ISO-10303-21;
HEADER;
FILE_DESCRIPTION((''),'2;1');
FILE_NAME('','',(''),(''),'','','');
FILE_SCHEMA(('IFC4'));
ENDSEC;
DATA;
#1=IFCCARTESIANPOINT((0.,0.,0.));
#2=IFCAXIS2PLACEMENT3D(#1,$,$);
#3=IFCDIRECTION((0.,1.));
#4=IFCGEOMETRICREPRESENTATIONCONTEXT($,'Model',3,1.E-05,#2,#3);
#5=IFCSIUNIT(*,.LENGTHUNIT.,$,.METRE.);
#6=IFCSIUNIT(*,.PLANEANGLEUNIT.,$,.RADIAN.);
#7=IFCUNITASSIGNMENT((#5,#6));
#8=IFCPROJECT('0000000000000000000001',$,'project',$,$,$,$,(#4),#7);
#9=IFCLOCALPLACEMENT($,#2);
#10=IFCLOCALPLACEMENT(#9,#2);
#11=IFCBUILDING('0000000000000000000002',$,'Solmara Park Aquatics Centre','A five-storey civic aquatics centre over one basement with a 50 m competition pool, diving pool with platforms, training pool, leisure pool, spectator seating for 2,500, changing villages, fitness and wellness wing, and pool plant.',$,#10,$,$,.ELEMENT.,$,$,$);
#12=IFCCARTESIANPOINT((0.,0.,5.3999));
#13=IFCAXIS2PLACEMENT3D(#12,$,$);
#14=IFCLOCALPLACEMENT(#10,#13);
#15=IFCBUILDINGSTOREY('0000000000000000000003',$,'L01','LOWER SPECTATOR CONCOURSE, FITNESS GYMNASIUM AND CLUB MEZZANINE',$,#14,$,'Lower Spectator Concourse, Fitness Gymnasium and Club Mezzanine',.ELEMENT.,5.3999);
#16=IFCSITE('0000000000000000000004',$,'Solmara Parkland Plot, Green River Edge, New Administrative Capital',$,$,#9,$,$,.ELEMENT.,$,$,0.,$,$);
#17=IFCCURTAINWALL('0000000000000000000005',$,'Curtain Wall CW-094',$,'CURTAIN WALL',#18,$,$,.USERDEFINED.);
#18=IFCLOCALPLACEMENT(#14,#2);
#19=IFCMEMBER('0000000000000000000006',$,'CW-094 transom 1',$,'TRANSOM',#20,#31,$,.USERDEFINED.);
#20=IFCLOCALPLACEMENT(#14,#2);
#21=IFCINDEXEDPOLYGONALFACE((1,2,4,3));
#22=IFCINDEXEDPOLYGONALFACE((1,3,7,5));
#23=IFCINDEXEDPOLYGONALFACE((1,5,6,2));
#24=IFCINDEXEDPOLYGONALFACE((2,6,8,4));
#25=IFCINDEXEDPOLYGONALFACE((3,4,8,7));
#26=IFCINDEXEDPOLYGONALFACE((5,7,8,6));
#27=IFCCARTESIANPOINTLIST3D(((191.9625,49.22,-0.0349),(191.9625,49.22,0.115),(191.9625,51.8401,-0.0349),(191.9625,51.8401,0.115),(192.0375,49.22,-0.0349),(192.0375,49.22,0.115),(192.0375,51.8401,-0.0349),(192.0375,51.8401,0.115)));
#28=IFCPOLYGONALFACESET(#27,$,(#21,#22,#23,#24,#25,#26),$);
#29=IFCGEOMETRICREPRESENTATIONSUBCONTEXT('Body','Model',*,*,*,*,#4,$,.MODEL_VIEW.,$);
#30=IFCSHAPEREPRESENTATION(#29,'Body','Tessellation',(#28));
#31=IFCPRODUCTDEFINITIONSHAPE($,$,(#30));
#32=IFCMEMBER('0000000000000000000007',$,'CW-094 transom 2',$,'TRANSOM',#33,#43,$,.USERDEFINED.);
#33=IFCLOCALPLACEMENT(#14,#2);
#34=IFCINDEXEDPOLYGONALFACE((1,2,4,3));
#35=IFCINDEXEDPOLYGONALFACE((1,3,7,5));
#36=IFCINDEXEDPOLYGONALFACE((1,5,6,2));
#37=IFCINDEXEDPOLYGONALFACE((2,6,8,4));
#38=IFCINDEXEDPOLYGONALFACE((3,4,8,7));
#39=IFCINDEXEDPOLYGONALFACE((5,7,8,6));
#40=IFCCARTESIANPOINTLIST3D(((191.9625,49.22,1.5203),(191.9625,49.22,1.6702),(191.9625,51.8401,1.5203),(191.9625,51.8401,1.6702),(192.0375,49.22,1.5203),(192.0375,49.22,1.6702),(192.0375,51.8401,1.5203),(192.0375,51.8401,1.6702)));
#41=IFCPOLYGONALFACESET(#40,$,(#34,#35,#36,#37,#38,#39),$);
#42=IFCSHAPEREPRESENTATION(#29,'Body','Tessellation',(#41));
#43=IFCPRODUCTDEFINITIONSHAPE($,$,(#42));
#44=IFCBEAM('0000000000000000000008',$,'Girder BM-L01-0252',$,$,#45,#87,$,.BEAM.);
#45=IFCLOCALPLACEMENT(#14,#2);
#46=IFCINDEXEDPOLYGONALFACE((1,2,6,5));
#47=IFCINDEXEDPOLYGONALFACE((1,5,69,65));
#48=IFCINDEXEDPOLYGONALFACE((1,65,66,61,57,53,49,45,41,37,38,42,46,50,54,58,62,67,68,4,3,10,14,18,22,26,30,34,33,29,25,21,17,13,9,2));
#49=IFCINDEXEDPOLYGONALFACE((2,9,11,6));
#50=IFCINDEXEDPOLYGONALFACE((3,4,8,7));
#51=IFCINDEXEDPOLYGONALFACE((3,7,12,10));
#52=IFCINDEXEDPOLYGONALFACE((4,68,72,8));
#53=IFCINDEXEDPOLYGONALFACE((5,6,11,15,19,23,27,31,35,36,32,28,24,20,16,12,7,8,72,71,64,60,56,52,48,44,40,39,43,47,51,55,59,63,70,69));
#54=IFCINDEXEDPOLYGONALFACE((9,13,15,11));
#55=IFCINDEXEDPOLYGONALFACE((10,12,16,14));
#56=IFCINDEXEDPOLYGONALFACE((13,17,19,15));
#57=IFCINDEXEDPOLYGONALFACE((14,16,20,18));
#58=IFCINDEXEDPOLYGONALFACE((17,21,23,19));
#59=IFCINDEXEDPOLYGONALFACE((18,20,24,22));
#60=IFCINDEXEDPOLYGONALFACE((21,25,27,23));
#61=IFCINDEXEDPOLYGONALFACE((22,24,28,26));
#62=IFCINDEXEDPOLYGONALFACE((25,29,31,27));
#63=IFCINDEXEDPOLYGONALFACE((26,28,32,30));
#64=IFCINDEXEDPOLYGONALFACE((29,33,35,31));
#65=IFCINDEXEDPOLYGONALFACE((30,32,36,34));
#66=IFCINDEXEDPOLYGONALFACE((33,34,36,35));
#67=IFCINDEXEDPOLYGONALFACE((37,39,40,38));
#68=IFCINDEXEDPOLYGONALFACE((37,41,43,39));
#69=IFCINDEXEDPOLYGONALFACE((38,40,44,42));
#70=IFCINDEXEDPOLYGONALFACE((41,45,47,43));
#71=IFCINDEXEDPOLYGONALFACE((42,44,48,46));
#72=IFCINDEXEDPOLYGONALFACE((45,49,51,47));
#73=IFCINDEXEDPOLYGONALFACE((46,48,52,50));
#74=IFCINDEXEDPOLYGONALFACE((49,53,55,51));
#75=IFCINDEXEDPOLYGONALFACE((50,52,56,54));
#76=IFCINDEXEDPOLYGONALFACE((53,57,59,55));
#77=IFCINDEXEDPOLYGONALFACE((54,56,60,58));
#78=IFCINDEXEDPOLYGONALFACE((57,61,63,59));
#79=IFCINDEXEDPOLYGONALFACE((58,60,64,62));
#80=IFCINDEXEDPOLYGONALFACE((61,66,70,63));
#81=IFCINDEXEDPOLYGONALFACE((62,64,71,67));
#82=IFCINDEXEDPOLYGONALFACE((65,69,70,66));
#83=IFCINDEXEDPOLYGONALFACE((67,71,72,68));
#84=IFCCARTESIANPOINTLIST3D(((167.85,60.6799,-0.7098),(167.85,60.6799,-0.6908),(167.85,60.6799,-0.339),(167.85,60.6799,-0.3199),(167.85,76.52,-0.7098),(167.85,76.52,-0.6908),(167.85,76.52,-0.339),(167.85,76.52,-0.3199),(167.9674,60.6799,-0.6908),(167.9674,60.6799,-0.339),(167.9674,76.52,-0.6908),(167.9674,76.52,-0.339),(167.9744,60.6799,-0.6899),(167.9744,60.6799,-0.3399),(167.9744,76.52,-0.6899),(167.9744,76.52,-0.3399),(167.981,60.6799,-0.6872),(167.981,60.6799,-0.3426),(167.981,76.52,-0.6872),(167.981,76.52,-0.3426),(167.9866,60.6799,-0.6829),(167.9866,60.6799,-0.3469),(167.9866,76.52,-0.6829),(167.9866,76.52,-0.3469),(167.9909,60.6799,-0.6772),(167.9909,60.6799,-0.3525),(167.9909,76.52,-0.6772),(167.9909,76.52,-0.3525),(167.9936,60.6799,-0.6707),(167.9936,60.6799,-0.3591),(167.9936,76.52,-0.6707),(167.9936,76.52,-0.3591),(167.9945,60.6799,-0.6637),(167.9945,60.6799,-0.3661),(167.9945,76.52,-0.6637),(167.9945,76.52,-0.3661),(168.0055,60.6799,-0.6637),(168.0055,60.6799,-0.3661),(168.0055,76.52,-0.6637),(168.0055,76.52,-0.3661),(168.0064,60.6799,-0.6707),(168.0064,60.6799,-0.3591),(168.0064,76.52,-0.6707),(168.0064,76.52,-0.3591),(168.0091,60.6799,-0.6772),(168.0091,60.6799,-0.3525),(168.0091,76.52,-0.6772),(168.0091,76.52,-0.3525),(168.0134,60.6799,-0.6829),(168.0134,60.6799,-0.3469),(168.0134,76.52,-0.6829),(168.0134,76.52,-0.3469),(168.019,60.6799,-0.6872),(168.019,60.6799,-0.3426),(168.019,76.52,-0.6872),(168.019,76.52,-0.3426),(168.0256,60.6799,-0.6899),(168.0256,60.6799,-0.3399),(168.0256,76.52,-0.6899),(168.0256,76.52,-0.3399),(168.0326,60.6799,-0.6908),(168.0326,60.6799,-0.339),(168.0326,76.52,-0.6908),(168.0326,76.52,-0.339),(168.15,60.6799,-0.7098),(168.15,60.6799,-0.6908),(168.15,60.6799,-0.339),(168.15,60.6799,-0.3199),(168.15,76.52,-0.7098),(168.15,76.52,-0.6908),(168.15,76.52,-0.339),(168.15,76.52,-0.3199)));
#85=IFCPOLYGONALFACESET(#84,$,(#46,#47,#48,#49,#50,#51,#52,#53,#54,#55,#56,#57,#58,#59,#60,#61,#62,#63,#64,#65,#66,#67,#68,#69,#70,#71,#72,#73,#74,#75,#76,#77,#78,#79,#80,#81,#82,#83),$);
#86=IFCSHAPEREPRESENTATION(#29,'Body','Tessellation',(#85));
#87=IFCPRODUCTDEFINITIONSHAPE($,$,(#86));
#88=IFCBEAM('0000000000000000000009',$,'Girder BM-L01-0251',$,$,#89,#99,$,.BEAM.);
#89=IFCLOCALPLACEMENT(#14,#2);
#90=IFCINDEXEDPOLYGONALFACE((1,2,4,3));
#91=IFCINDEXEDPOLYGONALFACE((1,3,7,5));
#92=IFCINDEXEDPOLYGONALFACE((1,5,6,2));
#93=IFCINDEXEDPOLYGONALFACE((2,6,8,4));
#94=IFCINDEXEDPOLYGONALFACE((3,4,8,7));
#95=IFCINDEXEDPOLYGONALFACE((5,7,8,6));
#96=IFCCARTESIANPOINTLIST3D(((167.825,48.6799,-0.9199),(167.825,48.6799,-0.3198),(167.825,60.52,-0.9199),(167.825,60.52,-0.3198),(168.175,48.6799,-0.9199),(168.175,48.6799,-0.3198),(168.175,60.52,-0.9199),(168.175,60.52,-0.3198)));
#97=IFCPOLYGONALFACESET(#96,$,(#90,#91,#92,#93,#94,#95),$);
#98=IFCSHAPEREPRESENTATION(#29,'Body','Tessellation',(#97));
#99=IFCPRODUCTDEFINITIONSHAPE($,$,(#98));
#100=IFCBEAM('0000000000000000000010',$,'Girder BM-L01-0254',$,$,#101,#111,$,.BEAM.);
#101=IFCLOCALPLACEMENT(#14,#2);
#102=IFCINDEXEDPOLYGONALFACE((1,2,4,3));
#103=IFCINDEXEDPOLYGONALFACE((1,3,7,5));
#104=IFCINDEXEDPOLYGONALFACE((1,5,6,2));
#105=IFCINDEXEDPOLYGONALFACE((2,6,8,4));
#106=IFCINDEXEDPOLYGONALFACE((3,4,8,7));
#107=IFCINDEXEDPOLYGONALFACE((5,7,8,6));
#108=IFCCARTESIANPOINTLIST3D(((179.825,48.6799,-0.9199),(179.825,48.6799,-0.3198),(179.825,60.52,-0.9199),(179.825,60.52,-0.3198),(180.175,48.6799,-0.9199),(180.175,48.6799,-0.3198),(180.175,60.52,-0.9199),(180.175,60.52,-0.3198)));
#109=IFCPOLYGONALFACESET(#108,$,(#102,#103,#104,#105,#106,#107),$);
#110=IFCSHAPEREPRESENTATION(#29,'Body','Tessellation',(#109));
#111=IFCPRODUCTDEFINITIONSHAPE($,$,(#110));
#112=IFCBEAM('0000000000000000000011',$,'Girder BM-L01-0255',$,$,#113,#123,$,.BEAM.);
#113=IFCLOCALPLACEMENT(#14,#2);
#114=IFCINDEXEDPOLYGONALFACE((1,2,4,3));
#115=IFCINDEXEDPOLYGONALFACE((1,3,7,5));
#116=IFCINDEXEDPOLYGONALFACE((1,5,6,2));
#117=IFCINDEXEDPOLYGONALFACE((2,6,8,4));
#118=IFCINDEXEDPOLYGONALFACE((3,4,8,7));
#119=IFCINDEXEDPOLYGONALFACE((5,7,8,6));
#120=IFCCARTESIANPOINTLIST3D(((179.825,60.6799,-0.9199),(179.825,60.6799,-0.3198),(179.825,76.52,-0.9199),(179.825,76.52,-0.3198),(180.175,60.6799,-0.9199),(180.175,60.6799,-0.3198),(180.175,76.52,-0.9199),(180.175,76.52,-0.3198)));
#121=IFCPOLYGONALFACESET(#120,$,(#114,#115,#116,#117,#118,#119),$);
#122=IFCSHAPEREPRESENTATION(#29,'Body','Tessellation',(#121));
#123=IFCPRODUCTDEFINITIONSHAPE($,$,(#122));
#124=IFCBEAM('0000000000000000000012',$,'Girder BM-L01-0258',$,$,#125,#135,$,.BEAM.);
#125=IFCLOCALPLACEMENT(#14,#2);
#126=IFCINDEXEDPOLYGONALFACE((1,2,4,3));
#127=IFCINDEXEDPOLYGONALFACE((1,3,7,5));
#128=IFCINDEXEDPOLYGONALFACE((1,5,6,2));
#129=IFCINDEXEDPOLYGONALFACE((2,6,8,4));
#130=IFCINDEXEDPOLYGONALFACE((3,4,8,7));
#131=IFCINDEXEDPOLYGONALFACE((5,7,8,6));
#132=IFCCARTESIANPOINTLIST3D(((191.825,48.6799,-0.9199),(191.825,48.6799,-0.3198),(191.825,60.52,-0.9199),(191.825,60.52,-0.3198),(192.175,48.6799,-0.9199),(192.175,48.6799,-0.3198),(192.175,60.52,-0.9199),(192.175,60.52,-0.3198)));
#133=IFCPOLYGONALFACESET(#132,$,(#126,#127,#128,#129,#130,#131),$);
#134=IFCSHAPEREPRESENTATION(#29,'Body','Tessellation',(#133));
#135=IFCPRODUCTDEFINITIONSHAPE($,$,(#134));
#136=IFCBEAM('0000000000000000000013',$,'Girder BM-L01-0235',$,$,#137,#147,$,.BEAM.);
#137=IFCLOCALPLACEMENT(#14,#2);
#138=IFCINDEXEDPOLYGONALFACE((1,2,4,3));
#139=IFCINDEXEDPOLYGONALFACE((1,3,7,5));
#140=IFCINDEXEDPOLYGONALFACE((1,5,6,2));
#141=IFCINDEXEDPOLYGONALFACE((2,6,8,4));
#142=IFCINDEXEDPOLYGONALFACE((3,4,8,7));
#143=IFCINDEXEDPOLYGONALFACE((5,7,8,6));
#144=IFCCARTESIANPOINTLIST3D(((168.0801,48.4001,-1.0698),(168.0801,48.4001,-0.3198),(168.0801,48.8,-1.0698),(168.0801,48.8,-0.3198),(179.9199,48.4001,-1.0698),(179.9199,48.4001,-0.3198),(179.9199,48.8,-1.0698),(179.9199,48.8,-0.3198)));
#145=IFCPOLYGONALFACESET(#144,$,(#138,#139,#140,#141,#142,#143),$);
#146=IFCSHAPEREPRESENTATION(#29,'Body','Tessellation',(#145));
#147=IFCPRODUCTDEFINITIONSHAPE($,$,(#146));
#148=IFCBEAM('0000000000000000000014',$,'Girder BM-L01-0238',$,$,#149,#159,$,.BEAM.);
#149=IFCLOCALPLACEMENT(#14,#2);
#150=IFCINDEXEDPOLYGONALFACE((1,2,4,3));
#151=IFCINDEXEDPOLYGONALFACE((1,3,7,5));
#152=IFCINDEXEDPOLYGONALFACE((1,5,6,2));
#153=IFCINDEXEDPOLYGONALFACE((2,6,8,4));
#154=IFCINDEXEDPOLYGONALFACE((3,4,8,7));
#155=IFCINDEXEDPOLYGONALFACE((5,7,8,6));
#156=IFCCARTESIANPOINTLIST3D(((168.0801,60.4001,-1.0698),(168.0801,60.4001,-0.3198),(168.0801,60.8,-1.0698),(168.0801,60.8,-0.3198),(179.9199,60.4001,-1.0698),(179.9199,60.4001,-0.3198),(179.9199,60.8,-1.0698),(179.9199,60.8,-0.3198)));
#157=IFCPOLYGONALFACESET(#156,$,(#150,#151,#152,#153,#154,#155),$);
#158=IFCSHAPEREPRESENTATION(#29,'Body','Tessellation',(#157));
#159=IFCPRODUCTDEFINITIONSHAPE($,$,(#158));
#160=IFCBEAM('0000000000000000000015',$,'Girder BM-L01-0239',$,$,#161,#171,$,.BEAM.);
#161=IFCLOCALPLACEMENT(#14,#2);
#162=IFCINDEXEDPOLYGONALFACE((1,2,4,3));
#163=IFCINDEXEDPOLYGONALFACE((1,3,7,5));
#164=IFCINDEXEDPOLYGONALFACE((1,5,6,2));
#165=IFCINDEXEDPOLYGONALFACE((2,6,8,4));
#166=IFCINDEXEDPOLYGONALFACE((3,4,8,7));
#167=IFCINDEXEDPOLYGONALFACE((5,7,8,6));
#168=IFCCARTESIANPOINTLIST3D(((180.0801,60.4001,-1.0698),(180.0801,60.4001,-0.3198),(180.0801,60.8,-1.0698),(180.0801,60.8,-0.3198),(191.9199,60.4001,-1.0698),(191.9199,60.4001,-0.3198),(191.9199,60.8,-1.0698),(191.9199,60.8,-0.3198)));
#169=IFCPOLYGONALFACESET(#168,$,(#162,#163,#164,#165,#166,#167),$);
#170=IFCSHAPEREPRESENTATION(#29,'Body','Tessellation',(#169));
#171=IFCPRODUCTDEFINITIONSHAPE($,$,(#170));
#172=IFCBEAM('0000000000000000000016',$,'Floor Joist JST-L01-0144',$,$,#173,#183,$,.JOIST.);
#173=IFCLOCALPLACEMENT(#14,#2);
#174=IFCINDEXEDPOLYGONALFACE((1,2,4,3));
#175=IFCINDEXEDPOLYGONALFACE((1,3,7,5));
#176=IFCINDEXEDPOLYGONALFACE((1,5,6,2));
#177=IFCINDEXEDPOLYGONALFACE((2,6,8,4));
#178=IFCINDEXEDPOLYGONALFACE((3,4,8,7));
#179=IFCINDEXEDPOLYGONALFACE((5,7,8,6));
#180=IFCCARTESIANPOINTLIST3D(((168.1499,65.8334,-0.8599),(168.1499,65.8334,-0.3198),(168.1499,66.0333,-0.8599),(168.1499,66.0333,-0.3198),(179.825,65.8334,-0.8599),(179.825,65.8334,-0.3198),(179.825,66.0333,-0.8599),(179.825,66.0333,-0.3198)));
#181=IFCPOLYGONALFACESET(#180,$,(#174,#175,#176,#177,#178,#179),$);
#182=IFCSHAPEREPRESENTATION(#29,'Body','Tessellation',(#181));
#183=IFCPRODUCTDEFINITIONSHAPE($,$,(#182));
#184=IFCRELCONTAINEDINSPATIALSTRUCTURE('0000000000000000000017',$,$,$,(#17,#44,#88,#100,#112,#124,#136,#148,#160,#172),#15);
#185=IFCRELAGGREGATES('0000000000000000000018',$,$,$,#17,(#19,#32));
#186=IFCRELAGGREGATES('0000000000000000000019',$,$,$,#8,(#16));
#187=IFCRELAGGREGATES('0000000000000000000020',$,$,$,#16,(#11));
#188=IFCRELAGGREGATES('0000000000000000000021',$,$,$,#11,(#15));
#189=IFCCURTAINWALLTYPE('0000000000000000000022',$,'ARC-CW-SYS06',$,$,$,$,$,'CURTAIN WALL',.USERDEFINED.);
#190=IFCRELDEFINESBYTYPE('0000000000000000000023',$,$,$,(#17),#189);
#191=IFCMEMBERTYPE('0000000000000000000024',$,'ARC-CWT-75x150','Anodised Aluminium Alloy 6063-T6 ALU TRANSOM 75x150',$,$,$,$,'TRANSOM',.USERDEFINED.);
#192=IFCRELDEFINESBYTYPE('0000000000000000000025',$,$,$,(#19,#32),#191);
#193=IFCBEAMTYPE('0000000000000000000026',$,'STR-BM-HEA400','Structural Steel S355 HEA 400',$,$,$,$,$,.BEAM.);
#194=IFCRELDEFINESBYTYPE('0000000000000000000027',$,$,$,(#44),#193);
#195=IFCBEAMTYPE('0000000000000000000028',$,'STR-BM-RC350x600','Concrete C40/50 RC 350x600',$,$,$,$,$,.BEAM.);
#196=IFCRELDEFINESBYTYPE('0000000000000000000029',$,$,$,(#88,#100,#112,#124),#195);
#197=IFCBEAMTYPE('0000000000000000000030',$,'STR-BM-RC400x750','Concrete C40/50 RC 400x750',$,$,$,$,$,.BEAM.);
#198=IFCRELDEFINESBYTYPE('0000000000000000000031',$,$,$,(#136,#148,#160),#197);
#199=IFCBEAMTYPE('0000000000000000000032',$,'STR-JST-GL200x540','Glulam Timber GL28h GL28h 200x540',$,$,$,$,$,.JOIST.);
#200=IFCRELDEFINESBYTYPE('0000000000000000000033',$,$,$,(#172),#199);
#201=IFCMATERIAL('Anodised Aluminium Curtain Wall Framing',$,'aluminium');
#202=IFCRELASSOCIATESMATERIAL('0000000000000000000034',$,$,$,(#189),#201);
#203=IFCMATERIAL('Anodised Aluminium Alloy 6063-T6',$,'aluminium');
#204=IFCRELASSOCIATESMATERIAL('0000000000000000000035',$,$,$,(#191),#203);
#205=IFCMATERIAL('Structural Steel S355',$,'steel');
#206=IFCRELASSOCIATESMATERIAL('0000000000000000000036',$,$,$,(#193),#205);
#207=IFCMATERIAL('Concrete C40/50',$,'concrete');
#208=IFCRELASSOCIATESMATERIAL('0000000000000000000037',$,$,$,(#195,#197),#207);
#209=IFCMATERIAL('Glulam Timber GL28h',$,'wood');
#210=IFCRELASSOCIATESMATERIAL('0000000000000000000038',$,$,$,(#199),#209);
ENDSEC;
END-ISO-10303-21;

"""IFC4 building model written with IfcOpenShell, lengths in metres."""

from ifc_helpers import new_model, si_unit, direction, frame, origin, origin_2d, place, context, subcontext, project, spatial, rectangle, i_section, extrude, material, material_profile, profile_set, type_object, element, aggregate, save


model = new_model("IFC4")

# Units and contexts
model_context = context("Model", 3, precision=1e-05, world=origin(), true_north=direction((0.0, 1.0)))
body_context = subcontext(model_context, "Body", "Model", "MODEL_VIEW")
ifc_project = project(units=[si_unit("LENGTHUNIT", "METRE"), si_unit("PLANEANGLEUNIT", "RADIAN")], contexts=[model_context])

# Site, building, storey
site_placement = place(None, origin())
site = spatial("IfcSite", under=ifc_project, at=site_placement, Name="Solmara Parkland Plot, Green River Edge, New Administrative Capital", CompositionType="ELEMENT", RefElevation=0.0)
building_placement = place(site_placement, origin())
building = spatial("IfcBuilding", under=site, at=building_placement, Name="Solmara Park Aquatics Centre", Description="A five-storey civic aquatics centre over one basement with a 50 m competition pool, diving pool with platforms, training pool, leisure pool, spectator seating for 2,500, changing villages, fitness and wellness wing, and pool plant.", CompositionType="ELEMENT")
storey_placement = place(building_placement, frame((0.0, 0.0, 5.3999)))
storey = spatial("IfcBuildingStorey", under=building, at=storey_placement, Name="L01", Description="LOWER SPECTATOR CONCOURSE, FITNESS GYMNASIUM AND CLUB MEZZANINE", LongName="Lower Spectator Concourse, Fitness Gymnasium and Club Mezzanine", CompositionType="ELEMENT", Elevation=5.3999)

# Shared definitions
ifc_material_1 = material(Name="Structural Steel S355", Category="steel")
ifc_material_2 = material(Name="Concrete C40/50", Category="concrete")

# Curtain wall, members
ifc_material_3 = material(Name="Anodised Aluminium Curtain Wall Framing", Category="aluminium")
curtain_wall_type = type_object("IfcCurtainWallType", Name="ARC-CW-SYS06", ElementType="CURTAIN WALL", PredefinedType="USERDEFINED", material=ifc_material_3)
curtain_wall_placement = place(storey_placement, origin())
curtain_wall = element("IfcCurtainWall", 1, at=curtain_wall_placement, inside=storey, type_object=curtain_wall_type, Name="Curtain Wall CW-094", ObjectType="CURTAIN WALL", PredefinedType="USERDEFINED")
ifc_material_4 = material(Name="Anodised Aluminium Alloy 6063-T6", Category="aluminium")
ifc_material_profile_1 = material_profile(ifc_material_4, rectangle(XDim=0.075, YDim=0.1499, at=origin_2d()), Name="ALU TRANSOM 75x150")
ifc_profile_set_1 = profile_set([ifc_material_profile_1], Name="Anodised Aluminium Alloy 6063-T6")
member_type_1 = type_object("IfcMemberType", Name="ARC-CWT-75x150", Description="Anodised Aluminium Alloy 6063-T6 ALU TRANSOM 75x150", ElementType="TRANSOM", PredefinedType="USERDEFINED", material=ifc_profile_set_1)
member_1_placement = place(storey_placement, frame((192.0, 49.22, 0.04), z_axis=(0.0, 1.0, 0.0), x_axis=(-1.0, 0.0, 0.0)))
member_1 = element("IfcMember", 2, at=member_1_placement, type_object=member_type_1, Name="CW-094 transom 1", ObjectType="TRANSOM", PredefinedType="USERDEFINED", context=body_context, shape_type="SweptSolid", body=[
    extrude(rectangle(XDim=0.075, YDim=0.1499, at=origin_2d()), origin(), (0.0, 0.0, 1.0), 2.6201),
])
member_2_placement = place(storey_placement, frame((192.0, 49.22, 1.5952), z_axis=(0.0, 1.0, 0.0), x_axis=(-1.0, 0.0, 0.0)))
member_2 = element("IfcMember", 3, at=member_2_placement, type_object=member_type_1, Name="CW-094 transom 2", ObjectType="TRANSOM", PredefinedType="USERDEFINED", context=body_context, shape_type="SweptSolid", body=[
    extrude(rectangle(XDim=0.075, YDim=0.1499, at=origin_2d()), origin(), (0.0, 0.0, 1.0), 2.6201),
])
aggregate(curtain_wall, [member_1, member_2])

# Beams
ifc_material_profile_2 = material_profile(ifc_material_1, i_section(OverallWidth=0.3, OverallDepth=0.3899, WebThickness=0.011, FlangeThickness=0.019, FilletRadius=0.0271, at=origin_2d()), Name="HEA 400")
ifc_profile_set_2 = profile_set([ifc_material_profile_2], Name="Structural Steel S355")
beam_type_1 = type_object("IfcBeamType", Name="STR-BM-HEA400", Description="Structural Steel S355 HEA 400", PredefinedType="BEAM", material=ifc_profile_set_2)
beam_1_placement = place(storey_placement, frame((168.0, 60.6799, -0.5149), z_axis=(0.0, 1.0, 0.0), x_axis=(-1.0, 0.0, 0.0)))
element("IfcBeam", 4, at=beam_1_placement, inside=storey, type_object=beam_type_1, Name="Girder BM-L01-0252", PredefinedType="BEAM", context=body_context, shape_type="SweptSolid", body=[
    extrude(i_section(OverallWidth=0.3, OverallDepth=0.3899, WebThickness=0.011, FlangeThickness=0.019, FilletRadius=0.0271, at=origin_2d()), origin(), (0.0, 0.0, 1.0), 15.8401),
])
ifc_material_profile_3 = material_profile(ifc_material_2, rectangle(XDim=0.3501, YDim=0.6001, at=origin_2d()), Name="RC 350x600")
ifc_profile_set_3 = profile_set([ifc_material_profile_3], Name="Concrete C40/50")
beam_type_2 = type_object("IfcBeamType", Name="STR-BM-RC350x600", Description="Concrete C40/50 RC 350x600", PredefinedType="BEAM", material=ifc_profile_set_3)
for number, where, z_axis, x_axis, name in (
    (5, (168.0, 48.6799, -0.6199), (0.0, 1.0, 0.0), (-1.0, 0.0, 0.0), "Girder BM-L01-0251"),
    (6, (180.0, 48.6799, -0.6199), (0.0, 1.0, 0.0), (-1.0, 0.0, 0.0), "Girder BM-L01-0254"),
):
    element("IfcBeam", number, at=place(storey_placement, frame(where, z_axis=z_axis, x_axis=x_axis)), inside=storey, type_object=beam_type_2, Name=name, PredefinedType="BEAM", context=body_context, shape_type="SweptSolid", body=[
        extrude(rectangle(XDim=0.3501, YDim=0.6001, at=origin_2d()), origin(), (0.0, 0.0, 1.0), 11.8401),
    ])
beam_2_placement = place(storey_placement, frame((180.0, 60.6799, -0.6199), z_axis=(0.0, 1.0, 0.0), x_axis=(-1.0, 0.0, 0.0)))
element("IfcBeam", 7, at=beam_2_placement, inside=storey, type_object=beam_type_2, Name="Girder BM-L01-0255", PredefinedType="BEAM", context=body_context, shape_type="SweptSolid", body=[
    extrude(rectangle(XDim=0.3501, YDim=0.6001, at=origin_2d()), origin(), (0.0, 0.0, 1.0), 15.8401),
])
beam_3_placement = place(storey_placement, frame((192.0, 48.6799, -0.6199), z_axis=(0.0, 1.0, 0.0), x_axis=(-1.0, 0.0, 0.0)))
element("IfcBeam", 8, at=beam_3_placement, inside=storey, type_object=beam_type_2, Name="Girder BM-L01-0258", PredefinedType="BEAM", context=body_context, shape_type="SweptSolid", body=[
    extrude(rectangle(XDim=0.3501, YDim=0.6001, at=origin_2d()), origin(), (0.0, 0.0, 1.0), 11.8401),
])
ifc_material_profile_4 = material_profile(ifc_material_2, rectangle(XDim=0.3999, YDim=0.75, at=origin_2d()), Name="RC 400x750")
ifc_profile_set_4 = profile_set([ifc_material_profile_4], Name="Concrete C40/50")
beam_type_3 = type_object("IfcBeamType", Name="STR-BM-RC400x750", Description="Concrete C40/50 RC 400x750", PredefinedType="BEAM", material=ifc_profile_set_4)
for number, where, z_axis, x_axis, name in (
    (9, (168.0801, 48.6001, -0.6948), (1.0, 0.0, 0.0), (0.0, 1.0, 0.0), "Girder BM-L01-0235"),
    (10, (168.0801, 60.6001, -0.6948), (1.0, 0.0, 0.0), (0.0, 1.0, 0.0), "Girder BM-L01-0238"),
    (11, (180.0801, 60.6001, -0.6948), (1.0, 0.0, 0.0), (0.0, 1.0, 0.0), "Girder BM-L01-0239"),
):
    element("IfcBeam", number, at=place(storey_placement, frame(where, z_axis=z_axis, x_axis=x_axis)), inside=storey, type_object=beam_type_3, Name=name, PredefinedType="BEAM", context=body_context, shape_type="SweptSolid", body=[
        extrude(rectangle(XDim=0.3999, YDim=0.75, at=origin_2d()), origin(), (0.0, 0.0, 1.0), 11.8398),
    ])
ifc_material_5 = material(Name="Glulam Timber GL28h", Category="wood")
ifc_material_profile_5 = material_profile(ifc_material_5, rectangle(XDim=0.2, YDim=0.54, at=origin_2d()), Name="GL28h 200x540")
ifc_profile_set_5 = profile_set([ifc_material_profile_5], Name="Glulam Timber GL28h")
beam_type_4 = type_object("IfcBeamType", Name="STR-JST-GL200x540", Description="Glulam Timber GL28h GL28h 200x540", PredefinedType="JOIST", material=ifc_profile_set_5)
beam_4_placement = place(storey_placement, frame((168.1499, 65.9333, -0.5898), z_axis=(1.0, 0.0, 0.0), x_axis=(0.0, 1.0, 0.0)))
element("IfcBeam", 12, at=beam_4_placement, inside=storey, type_object=beam_type_4, Name="Floor Joist JST-L01-0144", PredefinedType="JOIST", context=body_context, shape_type="SweptSolid", body=[
    extrude(rectangle(XDim=0.2, YDim=0.54, at=origin_2d()), origin(), (0.0, 0.0, 1.0), 11.675),
])

save(model, "model.ifc")
